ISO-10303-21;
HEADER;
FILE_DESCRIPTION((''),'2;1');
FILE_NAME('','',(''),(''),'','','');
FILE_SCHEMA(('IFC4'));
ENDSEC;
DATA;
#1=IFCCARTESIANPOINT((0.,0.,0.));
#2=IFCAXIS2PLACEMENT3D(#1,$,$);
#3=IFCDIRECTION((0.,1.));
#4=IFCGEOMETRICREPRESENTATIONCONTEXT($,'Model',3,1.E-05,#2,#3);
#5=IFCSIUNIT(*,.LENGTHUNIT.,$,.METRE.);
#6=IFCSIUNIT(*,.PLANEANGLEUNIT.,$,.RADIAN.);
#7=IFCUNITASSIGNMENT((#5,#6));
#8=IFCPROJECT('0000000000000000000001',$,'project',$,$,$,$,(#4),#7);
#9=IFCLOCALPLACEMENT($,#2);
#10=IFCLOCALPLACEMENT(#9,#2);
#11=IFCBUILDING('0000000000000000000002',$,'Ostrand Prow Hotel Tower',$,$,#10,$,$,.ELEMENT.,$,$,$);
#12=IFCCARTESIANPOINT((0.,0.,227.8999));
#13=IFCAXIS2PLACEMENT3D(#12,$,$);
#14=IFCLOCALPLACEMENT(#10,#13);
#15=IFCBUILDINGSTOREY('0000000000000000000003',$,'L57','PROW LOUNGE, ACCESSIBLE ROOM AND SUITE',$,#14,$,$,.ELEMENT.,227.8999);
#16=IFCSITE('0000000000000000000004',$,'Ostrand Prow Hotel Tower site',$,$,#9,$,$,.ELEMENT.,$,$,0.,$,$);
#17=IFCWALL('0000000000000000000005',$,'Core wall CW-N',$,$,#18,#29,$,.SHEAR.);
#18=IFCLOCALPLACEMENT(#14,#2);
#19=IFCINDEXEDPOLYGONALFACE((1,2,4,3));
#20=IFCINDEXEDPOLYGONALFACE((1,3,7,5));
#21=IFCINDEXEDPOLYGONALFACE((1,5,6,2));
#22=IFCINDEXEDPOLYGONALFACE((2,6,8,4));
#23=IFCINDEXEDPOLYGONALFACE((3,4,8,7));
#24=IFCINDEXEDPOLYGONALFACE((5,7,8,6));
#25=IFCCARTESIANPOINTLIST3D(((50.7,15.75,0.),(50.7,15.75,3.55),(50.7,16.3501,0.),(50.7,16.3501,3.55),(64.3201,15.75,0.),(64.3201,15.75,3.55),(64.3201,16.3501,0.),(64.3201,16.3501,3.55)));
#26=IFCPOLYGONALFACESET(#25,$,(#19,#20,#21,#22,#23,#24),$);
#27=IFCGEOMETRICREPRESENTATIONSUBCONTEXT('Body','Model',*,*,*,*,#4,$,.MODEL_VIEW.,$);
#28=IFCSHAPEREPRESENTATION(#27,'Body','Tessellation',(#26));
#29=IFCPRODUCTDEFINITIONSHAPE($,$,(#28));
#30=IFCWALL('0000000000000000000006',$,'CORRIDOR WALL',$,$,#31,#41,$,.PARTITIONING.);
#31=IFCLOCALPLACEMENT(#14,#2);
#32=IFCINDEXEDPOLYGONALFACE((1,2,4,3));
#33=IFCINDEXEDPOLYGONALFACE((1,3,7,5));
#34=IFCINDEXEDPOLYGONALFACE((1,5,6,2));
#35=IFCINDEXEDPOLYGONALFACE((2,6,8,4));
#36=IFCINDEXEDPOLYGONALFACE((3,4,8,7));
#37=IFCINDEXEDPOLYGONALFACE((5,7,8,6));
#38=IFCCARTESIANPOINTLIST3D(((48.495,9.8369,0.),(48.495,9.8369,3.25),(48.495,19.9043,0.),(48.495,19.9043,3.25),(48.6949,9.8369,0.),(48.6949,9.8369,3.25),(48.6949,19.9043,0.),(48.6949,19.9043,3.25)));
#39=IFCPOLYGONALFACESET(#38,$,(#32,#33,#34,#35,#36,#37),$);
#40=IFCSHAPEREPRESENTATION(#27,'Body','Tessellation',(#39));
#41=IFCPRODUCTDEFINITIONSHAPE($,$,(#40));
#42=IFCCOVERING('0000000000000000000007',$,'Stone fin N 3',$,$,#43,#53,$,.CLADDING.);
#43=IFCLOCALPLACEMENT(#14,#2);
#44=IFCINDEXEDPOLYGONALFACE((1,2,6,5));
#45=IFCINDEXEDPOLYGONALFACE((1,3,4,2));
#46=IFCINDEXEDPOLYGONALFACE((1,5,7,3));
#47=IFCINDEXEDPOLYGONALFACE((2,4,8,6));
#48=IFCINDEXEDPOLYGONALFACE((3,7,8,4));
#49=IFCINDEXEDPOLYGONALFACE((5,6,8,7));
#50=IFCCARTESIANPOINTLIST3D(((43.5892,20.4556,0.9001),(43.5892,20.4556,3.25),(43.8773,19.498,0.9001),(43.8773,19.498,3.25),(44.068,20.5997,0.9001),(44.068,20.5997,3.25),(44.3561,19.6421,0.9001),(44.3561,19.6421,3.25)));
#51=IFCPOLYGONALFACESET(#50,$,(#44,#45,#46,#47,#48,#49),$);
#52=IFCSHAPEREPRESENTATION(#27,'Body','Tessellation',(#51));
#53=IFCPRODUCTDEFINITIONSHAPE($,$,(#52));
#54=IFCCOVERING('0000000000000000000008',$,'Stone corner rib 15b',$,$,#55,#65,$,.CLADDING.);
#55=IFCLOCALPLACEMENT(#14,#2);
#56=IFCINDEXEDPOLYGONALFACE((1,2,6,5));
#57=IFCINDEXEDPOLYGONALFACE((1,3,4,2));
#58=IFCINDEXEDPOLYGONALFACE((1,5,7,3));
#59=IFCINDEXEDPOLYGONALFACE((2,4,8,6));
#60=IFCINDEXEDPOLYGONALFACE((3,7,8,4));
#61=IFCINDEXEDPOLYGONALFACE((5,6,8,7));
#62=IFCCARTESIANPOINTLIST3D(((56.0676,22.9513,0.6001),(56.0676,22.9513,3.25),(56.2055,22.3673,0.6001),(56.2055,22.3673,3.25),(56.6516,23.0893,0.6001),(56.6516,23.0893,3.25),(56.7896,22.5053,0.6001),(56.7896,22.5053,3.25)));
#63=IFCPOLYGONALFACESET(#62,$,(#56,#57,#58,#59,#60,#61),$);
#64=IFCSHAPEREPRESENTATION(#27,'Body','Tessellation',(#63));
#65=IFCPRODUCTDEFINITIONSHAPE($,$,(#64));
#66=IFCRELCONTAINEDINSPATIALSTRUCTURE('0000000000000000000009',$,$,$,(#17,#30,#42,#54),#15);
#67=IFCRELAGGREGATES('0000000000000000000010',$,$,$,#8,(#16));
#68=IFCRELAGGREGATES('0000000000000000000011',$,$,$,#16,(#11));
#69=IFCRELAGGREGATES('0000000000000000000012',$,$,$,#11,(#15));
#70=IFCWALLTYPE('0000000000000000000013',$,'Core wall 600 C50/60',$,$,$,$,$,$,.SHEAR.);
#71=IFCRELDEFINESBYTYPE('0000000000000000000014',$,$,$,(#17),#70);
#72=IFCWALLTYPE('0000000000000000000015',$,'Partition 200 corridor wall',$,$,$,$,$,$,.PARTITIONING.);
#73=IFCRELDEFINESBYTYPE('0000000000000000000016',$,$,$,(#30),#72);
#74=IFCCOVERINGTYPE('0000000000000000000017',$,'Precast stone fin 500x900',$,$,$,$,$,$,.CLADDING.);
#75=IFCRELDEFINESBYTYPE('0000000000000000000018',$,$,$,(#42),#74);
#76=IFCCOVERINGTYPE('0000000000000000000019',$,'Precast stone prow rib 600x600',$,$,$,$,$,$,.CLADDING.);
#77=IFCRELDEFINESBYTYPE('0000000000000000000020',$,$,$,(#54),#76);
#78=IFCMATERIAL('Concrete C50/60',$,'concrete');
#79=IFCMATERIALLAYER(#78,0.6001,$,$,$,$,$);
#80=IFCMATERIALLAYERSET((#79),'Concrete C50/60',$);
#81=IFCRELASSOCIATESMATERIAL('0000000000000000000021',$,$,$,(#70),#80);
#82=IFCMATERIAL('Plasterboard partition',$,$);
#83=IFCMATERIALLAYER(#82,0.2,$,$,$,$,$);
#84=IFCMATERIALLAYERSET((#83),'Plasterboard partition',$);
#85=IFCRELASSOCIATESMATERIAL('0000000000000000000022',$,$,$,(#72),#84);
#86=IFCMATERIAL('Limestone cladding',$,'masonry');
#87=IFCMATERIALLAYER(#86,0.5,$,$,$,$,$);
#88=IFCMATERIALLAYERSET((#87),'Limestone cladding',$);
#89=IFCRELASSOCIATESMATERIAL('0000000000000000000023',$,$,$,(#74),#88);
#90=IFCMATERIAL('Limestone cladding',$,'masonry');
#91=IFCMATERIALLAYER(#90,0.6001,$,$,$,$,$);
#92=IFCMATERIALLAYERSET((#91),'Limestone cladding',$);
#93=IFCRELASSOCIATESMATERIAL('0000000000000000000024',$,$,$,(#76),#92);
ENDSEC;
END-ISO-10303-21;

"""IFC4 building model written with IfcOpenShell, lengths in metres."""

from ifc_helpers import new_model, si_unit, direction, frame, frame_2d, origin, place, context, subcontext, project, spatial, rectangle, extrude, material, layer, layer_set, type_object, element, save


model = new_model("IFC4")

# Units and contexts
model_context = context("Model", 3, precision=1e-05, world=origin(), true_north=direction((0.0, 1.0)))
body_context = subcontext(model_context, "Body", "Model", "MODEL_VIEW")
ifc_project = project(units=[si_unit("LENGTHUNIT", "METRE"), si_unit("PLANEANGLEUNIT", "RADIAN")], contexts=[model_context])

# Site, building, storey
site_placement = place(None, origin())
site = spatial("IfcSite", under=ifc_project, at=site_placement, Name="Ostrand Prow Hotel Tower site", CompositionType="ELEMENT", RefElevation=0.0)
building_placement = place(site_placement, origin())
building = spatial("IfcBuilding", under=site, at=building_placement, Name="Ostrand Prow Hotel Tower", CompositionType="ELEMENT")
storey_placement = place(building_placement, frame((0.0, 0.0, 227.8999)))
storey = spatial("IfcBuildingStorey", under=building, at=storey_placement, Name="L57", Description="PROW LOUNGE, ACCESSIBLE ROOM AND SUITE", CompositionType="ELEMENT", Elevation=227.8999)

# Walls
ifc_material_1 = material(Name="Concrete C50/60", Category="concrete")
ifc_layer_1 = layer(ifc_material_1, 0.6001)
ifc_layer_set_1 = layer_set([ifc_layer_1], Name="Concrete C50/60")
wall_type_1 = type_object("IfcWallType", Name="Core wall 600 C50/60", PredefinedType="SHEAR", material=ifc_layer_set_1)
wall_1_placement = place(storey_placement, frame((50.7, 16.05, 0.0), z_axis=(0.0, 0.0, 1.0), x_axis=(1.0, 0.0, 0.0)))
element("IfcWall", 1, at=wall_1_placement, inside=storey, type_object=wall_type_1, Name="Core wall CW-N", PredefinedType="SHEAR", context=body_context, shape_type="SweptSolid", body=[
    extrude(rectangle(XDim=13.6201, YDim=0.6001, at=frame_2d((6.8101, 0.0))), origin(), (0.0, 0.0, 1.0), 3.55),
])
ifc_material_2 = material(Name="Plasterboard partition")
ifc_layer_2 = layer(ifc_material_2, 0.2)
ifc_layer_set_2 = layer_set([ifc_layer_2], Name="Plasterboard partition")
wall_type_2 = type_object("IfcWallType", Name="Partition 200 corridor wall", PredefinedType="PARTITIONING", material=ifc_layer_set_2)
wall_2_placement = place(storey_placement, frame((48.595, 19.9043, 0.0), z_axis=(0.0, 0.0, 1.0), x_axis=(0.0, -1.0, 0.0)))
element("IfcWall", 2, at=wall_2_placement, inside=storey, type_object=wall_type_2, Name="CORRIDOR WALL", PredefinedType="PARTITIONING", context=body_context, shape_type="SweptSolid", body=[
    extrude(rectangle(XDim=10.0674, YDim=0.2, at=frame_2d((5.0337, 0.0))), origin(), (0.0, 0.0, 1.0), 3.25),
])

# Coverings
ifc_material_3 = material(Name="Limestone cladding", Category="masonry")
ifc_layer_3 = layer(ifc_material_3, 0.5)
ifc_layer_set_3 = layer_set([ifc_layer_3], Name="Limestone cladding")
covering_type_1 = type_object("IfcCoveringType", Name="Precast stone fin 500x900", PredefinedType="CLADDING", material=ifc_layer_set_3)
covering_1_placement = place(storey_placement, frame((44.1167, 19.5701, 0.9001), z_axis=(0.0, 0.0, 1.0), x_axis=(-0.288109, 0.957598, 0.0)))
element("IfcCovering", 3, at=covering_1_placement, inside=storey, type_object=covering_type_1, Name="Stone fin N 3", PredefinedType="CLADDING", context=body_context, shape_type="SweptSolid", body=[
    extrude(rectangle(XDim=1.0, YDim=0.5, at=frame_2d((0.5, 0.0))), origin(), (0.0, 0.0, 1.0), 2.3499),
])
ifc_material_4 = material(Name="Limestone cladding", Category="masonry")
ifc_layer_4 = layer(ifc_material_4, 0.6001)
ifc_layer_set_4 = layer_set([ifc_layer_4], Name="Limestone cladding")
covering_type_2 = type_object("IfcCoveringType", Name="Precast stone prow rib 600x600", PredefinedType="CLADDING", material=ifc_layer_set_4)
covering_2_placement = place(storey_placement, frame((56.4976, 22.4363, 0.6001), z_axis=(0.0, 0.0, 1.0), x_axis=(-0.229878, 0.973219, 0.0)))
element("IfcCovering", 4, at=covering_2_placement, inside=storey, type_object=covering_type_2, Name="Stone corner rib 15b", PredefinedType="CLADDING", context=body_context, shape_type="SweptSolid", body=[
    extrude(rectangle(XDim=0.6001, YDim=0.6001, at=frame_2d((0.3, 0.0))), origin(), (0.0, 0.0, 1.0), 2.6499),
])

save(model, "model.ifc")
